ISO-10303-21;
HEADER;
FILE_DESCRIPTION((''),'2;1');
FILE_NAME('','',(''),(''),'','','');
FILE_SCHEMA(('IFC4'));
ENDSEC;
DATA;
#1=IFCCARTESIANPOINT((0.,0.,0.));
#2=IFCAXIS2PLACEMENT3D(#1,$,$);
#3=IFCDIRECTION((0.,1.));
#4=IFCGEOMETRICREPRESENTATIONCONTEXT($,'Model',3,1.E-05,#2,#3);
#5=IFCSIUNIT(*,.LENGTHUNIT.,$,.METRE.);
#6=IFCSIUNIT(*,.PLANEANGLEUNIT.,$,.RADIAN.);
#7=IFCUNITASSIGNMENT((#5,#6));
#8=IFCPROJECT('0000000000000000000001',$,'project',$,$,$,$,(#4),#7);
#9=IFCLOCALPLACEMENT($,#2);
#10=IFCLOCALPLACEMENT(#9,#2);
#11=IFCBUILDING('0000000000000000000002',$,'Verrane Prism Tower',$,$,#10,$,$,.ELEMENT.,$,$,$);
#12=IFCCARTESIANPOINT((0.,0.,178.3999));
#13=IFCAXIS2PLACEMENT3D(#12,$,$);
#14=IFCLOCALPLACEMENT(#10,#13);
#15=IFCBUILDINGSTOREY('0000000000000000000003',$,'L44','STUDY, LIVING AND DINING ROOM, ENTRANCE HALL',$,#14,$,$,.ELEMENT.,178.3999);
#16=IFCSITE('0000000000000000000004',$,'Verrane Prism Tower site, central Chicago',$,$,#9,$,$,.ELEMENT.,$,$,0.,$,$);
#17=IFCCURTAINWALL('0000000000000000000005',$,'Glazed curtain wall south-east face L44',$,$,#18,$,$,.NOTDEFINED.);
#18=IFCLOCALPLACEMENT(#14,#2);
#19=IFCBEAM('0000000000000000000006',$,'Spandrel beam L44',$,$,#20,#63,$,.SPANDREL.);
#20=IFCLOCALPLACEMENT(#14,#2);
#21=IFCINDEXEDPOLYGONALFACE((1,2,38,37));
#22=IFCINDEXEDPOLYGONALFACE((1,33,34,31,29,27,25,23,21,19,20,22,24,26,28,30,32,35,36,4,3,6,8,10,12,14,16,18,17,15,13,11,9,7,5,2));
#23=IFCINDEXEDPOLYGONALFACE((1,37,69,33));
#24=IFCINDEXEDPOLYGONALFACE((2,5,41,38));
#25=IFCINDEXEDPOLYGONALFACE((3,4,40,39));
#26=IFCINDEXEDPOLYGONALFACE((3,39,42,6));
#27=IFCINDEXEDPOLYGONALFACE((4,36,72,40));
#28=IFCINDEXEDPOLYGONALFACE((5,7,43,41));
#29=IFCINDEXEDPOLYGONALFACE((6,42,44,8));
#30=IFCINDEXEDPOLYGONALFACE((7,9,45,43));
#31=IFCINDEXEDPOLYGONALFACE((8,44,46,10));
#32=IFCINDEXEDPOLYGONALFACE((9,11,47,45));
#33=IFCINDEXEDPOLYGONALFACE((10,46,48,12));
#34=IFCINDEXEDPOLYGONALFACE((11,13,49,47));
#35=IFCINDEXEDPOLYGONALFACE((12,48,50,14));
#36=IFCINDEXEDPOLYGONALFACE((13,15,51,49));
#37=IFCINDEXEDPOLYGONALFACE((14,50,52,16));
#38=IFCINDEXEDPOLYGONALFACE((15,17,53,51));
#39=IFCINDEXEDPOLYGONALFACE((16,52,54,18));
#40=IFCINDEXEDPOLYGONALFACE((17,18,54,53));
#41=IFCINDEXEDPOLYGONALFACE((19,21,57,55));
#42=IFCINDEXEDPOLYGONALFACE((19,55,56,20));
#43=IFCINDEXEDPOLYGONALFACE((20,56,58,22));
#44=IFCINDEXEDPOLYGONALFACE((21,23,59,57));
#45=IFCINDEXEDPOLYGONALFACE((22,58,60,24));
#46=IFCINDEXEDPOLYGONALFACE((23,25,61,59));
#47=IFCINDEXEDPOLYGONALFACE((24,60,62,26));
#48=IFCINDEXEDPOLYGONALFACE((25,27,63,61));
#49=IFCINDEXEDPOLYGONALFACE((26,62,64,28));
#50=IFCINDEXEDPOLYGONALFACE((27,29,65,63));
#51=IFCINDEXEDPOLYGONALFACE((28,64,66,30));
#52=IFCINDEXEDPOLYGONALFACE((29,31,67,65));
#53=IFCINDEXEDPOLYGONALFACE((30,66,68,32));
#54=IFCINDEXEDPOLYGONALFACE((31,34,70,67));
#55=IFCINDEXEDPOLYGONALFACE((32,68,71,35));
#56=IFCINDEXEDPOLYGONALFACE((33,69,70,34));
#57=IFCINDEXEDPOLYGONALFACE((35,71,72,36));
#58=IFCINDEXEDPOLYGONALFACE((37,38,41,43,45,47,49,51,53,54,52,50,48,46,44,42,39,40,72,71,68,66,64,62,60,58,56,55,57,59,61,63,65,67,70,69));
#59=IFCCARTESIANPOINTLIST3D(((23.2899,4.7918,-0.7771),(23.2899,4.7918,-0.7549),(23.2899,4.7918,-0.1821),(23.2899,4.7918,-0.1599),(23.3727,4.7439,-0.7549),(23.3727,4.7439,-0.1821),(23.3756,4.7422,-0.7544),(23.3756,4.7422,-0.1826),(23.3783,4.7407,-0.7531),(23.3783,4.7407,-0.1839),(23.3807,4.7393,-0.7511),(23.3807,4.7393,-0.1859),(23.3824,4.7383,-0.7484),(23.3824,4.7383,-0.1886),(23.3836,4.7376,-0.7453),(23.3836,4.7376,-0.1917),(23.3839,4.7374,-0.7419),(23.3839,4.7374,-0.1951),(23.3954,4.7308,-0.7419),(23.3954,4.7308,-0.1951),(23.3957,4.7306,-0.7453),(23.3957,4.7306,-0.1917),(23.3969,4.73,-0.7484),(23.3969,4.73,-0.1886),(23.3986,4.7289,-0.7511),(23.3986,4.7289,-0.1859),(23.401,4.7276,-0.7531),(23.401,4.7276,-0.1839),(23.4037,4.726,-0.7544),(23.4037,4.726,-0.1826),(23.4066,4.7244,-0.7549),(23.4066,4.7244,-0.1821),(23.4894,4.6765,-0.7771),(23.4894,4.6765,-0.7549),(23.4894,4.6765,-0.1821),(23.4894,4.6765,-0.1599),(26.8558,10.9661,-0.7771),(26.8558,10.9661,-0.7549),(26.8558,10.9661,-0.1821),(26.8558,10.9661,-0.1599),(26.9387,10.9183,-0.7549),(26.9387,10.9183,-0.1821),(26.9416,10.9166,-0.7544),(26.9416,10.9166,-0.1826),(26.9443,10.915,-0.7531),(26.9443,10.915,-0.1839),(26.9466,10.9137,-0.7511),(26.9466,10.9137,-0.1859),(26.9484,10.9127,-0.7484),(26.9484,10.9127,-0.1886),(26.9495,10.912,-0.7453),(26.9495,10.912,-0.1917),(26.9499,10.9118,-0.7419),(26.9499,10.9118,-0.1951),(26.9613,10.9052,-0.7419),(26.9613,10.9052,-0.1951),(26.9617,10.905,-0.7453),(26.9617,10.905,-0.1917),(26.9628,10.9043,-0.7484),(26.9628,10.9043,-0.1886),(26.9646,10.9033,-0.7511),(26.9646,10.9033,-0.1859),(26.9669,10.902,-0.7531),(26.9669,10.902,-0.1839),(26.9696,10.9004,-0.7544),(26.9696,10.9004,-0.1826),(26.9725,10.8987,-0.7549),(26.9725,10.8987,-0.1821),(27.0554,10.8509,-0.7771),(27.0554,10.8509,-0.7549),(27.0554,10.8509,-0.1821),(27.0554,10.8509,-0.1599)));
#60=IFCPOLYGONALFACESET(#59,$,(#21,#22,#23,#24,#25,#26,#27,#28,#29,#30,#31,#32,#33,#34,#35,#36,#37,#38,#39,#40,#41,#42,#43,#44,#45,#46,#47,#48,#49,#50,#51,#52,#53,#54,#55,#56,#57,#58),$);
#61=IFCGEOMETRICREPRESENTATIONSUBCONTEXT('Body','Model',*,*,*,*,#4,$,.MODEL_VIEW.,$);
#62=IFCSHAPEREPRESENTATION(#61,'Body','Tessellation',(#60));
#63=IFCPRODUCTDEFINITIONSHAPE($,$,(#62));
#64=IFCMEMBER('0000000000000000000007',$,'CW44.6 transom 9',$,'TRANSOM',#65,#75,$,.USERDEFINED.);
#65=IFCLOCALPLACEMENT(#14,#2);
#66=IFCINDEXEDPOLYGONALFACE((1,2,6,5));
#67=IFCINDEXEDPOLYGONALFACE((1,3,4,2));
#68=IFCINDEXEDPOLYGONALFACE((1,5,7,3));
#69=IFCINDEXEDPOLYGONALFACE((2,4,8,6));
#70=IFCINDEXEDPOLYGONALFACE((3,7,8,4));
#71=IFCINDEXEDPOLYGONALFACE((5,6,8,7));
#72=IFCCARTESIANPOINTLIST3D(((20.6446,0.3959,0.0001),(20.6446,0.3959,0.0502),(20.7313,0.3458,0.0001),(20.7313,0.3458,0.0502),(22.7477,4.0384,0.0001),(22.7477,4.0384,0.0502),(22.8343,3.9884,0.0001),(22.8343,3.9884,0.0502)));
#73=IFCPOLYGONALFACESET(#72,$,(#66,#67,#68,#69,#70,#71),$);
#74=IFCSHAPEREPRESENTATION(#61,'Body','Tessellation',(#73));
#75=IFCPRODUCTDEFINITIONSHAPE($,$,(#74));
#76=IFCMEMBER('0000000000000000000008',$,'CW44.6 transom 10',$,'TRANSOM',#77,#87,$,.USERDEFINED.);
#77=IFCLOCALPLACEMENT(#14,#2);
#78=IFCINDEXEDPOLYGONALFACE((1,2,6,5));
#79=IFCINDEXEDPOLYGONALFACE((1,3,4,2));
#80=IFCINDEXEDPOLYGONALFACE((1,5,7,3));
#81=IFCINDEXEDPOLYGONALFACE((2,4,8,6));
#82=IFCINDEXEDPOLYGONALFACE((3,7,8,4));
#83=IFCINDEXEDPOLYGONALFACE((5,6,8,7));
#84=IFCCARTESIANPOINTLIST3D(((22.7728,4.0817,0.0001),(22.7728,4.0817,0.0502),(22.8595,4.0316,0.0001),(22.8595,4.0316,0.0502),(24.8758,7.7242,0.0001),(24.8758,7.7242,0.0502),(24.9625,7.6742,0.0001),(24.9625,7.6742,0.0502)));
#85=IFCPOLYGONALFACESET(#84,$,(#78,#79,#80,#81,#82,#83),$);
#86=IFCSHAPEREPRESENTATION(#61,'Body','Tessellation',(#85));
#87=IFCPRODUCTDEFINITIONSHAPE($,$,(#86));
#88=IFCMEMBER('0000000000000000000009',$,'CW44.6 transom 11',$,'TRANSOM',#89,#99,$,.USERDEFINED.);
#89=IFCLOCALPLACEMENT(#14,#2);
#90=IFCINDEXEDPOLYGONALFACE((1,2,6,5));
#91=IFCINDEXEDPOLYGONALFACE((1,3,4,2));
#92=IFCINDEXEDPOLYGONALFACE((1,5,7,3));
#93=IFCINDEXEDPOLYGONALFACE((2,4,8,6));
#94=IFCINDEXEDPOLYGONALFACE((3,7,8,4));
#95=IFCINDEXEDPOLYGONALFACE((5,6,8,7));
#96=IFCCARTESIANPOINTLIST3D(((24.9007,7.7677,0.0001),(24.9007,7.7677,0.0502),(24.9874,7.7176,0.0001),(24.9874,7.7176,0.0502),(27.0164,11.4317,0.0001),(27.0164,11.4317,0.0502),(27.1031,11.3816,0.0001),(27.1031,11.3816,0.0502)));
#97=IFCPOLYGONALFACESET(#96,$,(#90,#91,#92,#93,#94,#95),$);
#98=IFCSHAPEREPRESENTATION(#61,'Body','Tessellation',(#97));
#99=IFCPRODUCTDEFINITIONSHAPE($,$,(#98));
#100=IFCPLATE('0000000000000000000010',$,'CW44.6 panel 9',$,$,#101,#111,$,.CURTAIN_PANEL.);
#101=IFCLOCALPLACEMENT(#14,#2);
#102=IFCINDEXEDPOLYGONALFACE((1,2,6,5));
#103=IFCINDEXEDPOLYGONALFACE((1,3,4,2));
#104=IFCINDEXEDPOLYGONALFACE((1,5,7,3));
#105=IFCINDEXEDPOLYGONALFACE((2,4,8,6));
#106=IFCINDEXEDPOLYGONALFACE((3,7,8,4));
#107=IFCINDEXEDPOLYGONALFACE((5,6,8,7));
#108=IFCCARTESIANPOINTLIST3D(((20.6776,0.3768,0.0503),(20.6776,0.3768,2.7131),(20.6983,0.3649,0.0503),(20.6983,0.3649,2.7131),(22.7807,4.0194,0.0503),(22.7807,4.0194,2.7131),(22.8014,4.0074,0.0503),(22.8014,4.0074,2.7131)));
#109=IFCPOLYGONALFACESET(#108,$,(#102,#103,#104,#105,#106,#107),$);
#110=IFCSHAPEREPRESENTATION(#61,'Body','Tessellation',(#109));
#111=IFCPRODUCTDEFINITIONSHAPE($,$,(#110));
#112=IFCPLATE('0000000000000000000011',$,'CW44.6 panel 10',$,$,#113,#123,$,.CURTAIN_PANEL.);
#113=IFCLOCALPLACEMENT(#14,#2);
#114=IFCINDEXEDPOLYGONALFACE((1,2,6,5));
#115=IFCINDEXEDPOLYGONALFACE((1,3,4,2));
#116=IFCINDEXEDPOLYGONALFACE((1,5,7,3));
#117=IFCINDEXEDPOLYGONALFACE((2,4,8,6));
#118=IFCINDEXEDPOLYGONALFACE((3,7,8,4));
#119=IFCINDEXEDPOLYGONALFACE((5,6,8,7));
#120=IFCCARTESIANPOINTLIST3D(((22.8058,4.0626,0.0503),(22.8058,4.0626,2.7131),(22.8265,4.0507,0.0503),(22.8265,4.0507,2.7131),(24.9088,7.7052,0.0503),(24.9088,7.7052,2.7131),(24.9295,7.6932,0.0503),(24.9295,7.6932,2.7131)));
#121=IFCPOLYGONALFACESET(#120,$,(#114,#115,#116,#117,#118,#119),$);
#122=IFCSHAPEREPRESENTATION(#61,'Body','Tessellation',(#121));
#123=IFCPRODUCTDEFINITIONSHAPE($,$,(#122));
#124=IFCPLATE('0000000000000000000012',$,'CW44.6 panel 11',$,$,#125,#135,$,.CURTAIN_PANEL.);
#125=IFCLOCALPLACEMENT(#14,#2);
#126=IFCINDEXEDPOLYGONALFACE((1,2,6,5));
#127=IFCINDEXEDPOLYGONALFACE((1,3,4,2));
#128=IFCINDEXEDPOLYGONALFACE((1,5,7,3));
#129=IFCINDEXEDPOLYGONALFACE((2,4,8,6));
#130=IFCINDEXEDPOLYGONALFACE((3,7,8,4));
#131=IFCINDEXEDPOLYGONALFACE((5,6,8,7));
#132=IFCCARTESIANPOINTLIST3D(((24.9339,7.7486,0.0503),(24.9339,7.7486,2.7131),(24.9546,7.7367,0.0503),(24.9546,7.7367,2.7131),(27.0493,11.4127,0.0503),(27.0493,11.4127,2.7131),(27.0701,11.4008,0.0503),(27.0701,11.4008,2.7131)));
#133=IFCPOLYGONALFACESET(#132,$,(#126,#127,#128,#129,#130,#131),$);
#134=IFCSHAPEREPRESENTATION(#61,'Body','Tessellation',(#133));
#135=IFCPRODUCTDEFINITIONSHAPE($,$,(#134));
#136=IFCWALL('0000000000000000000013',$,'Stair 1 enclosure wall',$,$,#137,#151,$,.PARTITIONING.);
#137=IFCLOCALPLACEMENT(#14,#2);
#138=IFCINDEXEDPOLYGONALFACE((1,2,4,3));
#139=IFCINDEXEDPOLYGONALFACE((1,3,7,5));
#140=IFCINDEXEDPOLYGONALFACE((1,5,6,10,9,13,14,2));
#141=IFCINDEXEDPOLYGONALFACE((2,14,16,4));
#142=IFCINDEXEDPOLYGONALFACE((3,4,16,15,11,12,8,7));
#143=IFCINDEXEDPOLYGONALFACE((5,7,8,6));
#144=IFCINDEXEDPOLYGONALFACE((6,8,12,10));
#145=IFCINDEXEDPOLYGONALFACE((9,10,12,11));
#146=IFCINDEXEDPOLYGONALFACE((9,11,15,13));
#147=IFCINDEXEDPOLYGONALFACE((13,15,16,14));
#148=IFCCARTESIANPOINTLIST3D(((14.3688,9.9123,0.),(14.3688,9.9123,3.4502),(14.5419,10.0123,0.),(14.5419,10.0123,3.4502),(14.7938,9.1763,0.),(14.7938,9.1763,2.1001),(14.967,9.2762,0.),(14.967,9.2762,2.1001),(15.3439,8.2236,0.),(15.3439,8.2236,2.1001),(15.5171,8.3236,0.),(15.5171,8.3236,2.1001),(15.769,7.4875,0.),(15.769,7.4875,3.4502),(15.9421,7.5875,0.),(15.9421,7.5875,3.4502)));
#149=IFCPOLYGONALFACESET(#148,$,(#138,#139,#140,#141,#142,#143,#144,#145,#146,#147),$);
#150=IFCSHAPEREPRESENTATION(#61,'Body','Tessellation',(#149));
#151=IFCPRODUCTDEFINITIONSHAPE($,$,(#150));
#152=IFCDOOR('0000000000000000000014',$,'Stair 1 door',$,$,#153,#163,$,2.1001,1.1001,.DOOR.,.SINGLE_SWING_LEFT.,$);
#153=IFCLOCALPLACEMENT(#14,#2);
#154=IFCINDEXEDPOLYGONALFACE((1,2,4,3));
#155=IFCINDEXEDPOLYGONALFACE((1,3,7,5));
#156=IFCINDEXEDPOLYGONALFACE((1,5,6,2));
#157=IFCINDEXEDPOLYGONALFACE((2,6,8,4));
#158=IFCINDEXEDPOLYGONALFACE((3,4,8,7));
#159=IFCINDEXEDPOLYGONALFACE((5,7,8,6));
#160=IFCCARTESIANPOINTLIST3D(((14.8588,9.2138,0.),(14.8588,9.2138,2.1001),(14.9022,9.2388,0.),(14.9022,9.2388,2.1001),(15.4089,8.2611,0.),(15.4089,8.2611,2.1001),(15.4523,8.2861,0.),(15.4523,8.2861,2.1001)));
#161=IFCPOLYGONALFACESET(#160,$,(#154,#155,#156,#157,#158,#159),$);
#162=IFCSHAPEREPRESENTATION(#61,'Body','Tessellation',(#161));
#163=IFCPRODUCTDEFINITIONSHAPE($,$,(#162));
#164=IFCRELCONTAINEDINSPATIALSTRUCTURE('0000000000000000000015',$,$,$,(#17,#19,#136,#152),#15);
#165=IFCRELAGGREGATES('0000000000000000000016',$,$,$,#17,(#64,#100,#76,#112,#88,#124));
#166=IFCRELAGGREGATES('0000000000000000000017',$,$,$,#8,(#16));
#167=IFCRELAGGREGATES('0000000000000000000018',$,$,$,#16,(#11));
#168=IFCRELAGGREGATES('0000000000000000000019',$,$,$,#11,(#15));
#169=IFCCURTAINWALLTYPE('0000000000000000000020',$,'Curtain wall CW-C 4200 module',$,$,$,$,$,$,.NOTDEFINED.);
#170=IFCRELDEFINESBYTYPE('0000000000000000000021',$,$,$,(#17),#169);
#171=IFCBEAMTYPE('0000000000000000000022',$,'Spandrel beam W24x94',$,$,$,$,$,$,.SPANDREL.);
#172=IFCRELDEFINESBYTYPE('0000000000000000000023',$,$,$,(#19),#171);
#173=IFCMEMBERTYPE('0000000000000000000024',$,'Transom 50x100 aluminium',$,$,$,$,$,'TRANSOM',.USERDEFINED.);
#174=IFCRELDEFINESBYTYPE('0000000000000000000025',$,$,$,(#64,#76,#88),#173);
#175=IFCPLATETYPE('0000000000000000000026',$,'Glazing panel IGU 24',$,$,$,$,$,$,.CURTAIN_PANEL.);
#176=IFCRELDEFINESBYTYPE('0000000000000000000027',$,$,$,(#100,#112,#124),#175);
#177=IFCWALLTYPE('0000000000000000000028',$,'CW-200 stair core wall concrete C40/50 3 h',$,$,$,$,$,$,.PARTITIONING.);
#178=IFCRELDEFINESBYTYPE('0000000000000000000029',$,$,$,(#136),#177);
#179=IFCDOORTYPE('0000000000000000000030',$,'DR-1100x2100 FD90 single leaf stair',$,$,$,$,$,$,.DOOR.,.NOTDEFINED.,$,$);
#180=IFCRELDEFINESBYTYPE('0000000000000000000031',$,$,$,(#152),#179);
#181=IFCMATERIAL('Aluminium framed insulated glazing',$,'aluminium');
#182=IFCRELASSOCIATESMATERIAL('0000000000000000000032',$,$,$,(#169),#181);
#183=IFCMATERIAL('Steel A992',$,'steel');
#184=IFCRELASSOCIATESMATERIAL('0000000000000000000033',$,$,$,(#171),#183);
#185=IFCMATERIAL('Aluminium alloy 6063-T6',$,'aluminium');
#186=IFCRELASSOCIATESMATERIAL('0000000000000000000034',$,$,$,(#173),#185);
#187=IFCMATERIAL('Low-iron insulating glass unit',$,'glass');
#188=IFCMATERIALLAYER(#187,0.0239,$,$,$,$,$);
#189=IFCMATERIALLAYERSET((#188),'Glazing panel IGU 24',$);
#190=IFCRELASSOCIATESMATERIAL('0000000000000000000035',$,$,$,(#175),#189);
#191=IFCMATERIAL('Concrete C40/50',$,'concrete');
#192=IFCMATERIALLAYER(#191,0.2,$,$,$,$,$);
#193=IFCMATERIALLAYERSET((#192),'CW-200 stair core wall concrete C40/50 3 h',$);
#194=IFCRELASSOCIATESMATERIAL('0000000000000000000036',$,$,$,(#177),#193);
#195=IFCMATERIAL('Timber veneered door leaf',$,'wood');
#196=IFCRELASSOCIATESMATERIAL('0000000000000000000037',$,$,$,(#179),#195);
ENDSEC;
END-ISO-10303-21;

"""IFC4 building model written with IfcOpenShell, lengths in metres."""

from ifc_helpers import new_model, si_unit, direction, frame, frame_2d, origin, origin_2d, place, context, subcontext, project, spatial, rectangle, i_section, extrude, material, layer, layer_set, material_profile, profile_set, type_object, element, fill, aggregate, save


model = new_model("IFC4")

# Units and contexts
model_context = context("Model", 3, precision=1e-05, world=origin(), true_north=direction((0.0, 1.0)))
body_context = subcontext(model_context, "Body", "Model", "MODEL_VIEW")
ifc_project = project(units=[si_unit("LENGTHUNIT", "METRE"), si_unit("PLANEANGLEUNIT", "RADIAN")], contexts=[model_context])

# Site, building, storey
site_placement = place(None, origin())
site = spatial("IfcSite", under=ifc_project, at=site_placement, Name="Verrane Prism Tower site, central Chicago", CompositionType="ELEMENT", RefElevation=0.0)
building_placement = place(site_placement, origin())
building = spatial("IfcBuilding", under=site, at=building_placement, Name="Verrane Prism Tower", CompositionType="ELEMENT")
storey_placement = place(building_placement, frame((0.0, 0.0, 178.3999)))
storey = spatial("IfcBuildingStorey", under=building, at=storey_placement, Name="L44", Description="STUDY, LIVING AND DINING ROOM, ENTRANCE HALL", CompositionType="ELEMENT", Elevation=178.3999)

# Curtain wall
ifc_material_1 = material(Name="Aluminium framed insulated glazing", Category="aluminium")
curtain_wall_type = type_object("IfcCurtainWallType", Name="Curtain wall CW-C 4200 module", PredefinedType="NOTDEFINED", material=ifc_material_1)
curtain_wall_placement = place(storey_placement, origin())
curtain_wall = element("IfcCurtainWall", 1, at=curtain_wall_placement, inside=storey, type_object=curtain_wall_type, Name="Glazed curtain wall south-east face L44", PredefinedType="NOTDEFINED")

# Beam
ifc_material_2 = material(Name="Steel A992", Category="steel")
ifc_material_profile_1 = material_profile(ifc_material_2, i_section(OverallWidth=0.2305, OverallDepth=0.6172, WebThickness=0.0132, FlangeThickness=0.0222, FilletRadius=0.0129, at=origin_2d()), Name="W24x94")
ifc_profile_set_1 = profile_set([ifc_material_profile_1], Name="Steel A992")
beam_type_1 = type_object("IfcBeamType", Name="Spandrel beam W24x94", PredefinedType="SPANDREL", material=ifc_profile_set_1)
beam_1_placement = place(storey_placement, frame((23.3896, 4.7341, -0.4685), z_axis=(0.500124, 0.865954, 0.0), x_axis=(-0.865954, 0.500124, 0.0)))
element("IfcBeam", 2, at=beam_1_placement, inside=storey, type_object=beam_type_1, Name="Spandrel beam L44", PredefinedType="SPANDREL", context=body_context, shape_type="SweptSolid", body=[
    extrude(i_section(OverallWidth=0.2305, OverallDepth=0.6172, WebThickness=0.0132, FlangeThickness=0.0222, FilletRadius=0.0129, at=origin_2d()), origin(), (0.0, 0.0, 1.0), 7.1301),
])

# Members
ifc_material_3 = material(Name="Aluminium alloy 6063-T6", Category="aluminium")
ifc_material_profile_2 = material_profile(ifc_material_3, rectangle(XDim=0.1001, YDim=0.05, at=origin_2d()), Name="Transom 50x100 aluminium")
ifc_profile_set_2 = profile_set([ifc_material_profile_2], Name="Aluminium alloy 6063-T6")
member_type_1 = type_object("IfcMemberType", Name="Transom 50x100 aluminium", ElementType="TRANSOM", PredefinedType="USERDEFINED", material=ifc_profile_set_2)
member_1_placement = place(storey_placement, frame((20.688, 0.3708, 0.0251), z_axis=(0.499997, 0.866027, 0.0), x_axis=(-0.866027, 0.499997, 0.0)))
member_1 = element("IfcMember", 3, at=member_1_placement, type_object=member_type_1, Name="CW44.6 transom 9", ObjectType="TRANSOM", PredefinedType="USERDEFINED", context=body_context, shape_type="SweptSolid", body=[
    extrude(rectangle(XDim=0.1001, YDim=0.05, at=origin_2d()), origin(), (0.0, 0.0, 1.0), 4.2061),
])
member_2_placement = place(storey_placement, frame((22.8162, 4.0566, 0.0251), z_axis=(0.499997, 0.866027, 0.0), x_axis=(-0.866027, 0.499997, 0.0)))
member_2 = element("IfcMember", 4, at=member_2_placement, type_object=member_type_1, Name="CW44.6 transom 10", ObjectType="TRANSOM", PredefinedType="USERDEFINED", context=body_context, shape_type="SweptSolid", body=[
    extrude(rectangle(XDim=0.1001, YDim=0.05, at=origin_2d()), origin(), (0.0, 0.0, 1.0), 4.2061),
])
member_3_placement = place(storey_placement, frame((24.9441, 7.7427, 0.0251), z_axis=(0.500049, 0.865997, 0.0), x_axis=(-0.865997, 0.500049, 0.0)))
member_3 = element("IfcMember", 5, at=member_3_placement, type_object=member_type_1, Name="CW44.6 transom 11", ObjectType="TRANSOM", PredefinedType="USERDEFINED", context=body_context, shape_type="SweptSolid", body=[
    extrude(rectangle(XDim=0.1001, YDim=0.05, at=origin_2d()), origin(), (0.0, 0.0, 1.0), 4.231),
])

# Plates
ifc_material_4 = material(Name="Low-iron insulating glass unit", Category="glass")
ifc_layer_1 = layer(ifc_material_4, 0.0239)
ifc_layer_set_1 = layer_set([ifc_layer_1], Name="Glazing panel IGU 24")
plate_type = type_object("IfcPlateType", Name="Glazing panel IGU 24", PredefinedType="CURTAIN_PANEL", material=ifc_layer_set_1)
plate_1_placement = place(storey_placement, frame((21.7395, 2.1921, 0.0503), z_axis=(0.0, 0.0, 1.0), x_axis=(0.499999, 0.866026, 0.0)))
plate_1 = element("IfcPlate", 6, at=plate_1_placement, type_object=plate_type, Name="CW44.6 panel 9", PredefinedType="CURTAIN_PANEL", context=body_context, shape_type="SweptSolid", body=[
    extrude(rectangle(XDim=4.2061, YDim=0.0239, at=origin_2d()), origin(), (0.0, 0.0, 1.0), 2.6628),
])
plate_2_placement = place(storey_placement, frame((23.8677, 5.8779, 0.0503), z_axis=(0.0, 0.0, 1.0), x_axis=(0.499999, 0.866026, 0.0)))
plate_2 = element("IfcPlate", 7, at=plate_2_placement, type_object=plate_type, Name="CW44.6 panel 10", PredefinedType="CURTAIN_PANEL", context=body_context, shape_type="SweptSolid", body=[
    extrude(rectangle(XDim=4.2061, YDim=0.0239, at=origin_2d()), origin(), (0.0, 0.0, 1.0), 2.6628),
])
plate_3_placement = place(storey_placement, frame((26.002, 9.5747, 0.0503), z_axis=(0.0, 0.0, 1.0), x_axis=(0.499999, 0.866026, 0.0)))
plate_3 = element("IfcPlate", 8, at=plate_3_placement, type_object=plate_type, Name="CW44.6 panel 11", PredefinedType="CURTAIN_PANEL", context=body_context, shape_type="SweptSolid", body=[
    extrude(rectangle(XDim=4.231, YDim=0.0239, at=origin_2d()), origin(), (0.0, 0.0, 1.0), 2.6628),
])
aggregate(curtain_wall, [member_1, plate_1, member_2, plate_2, member_3, plate_3])

# Wall, opening, door
ifc_material_5 = material(Name="Concrete C40/50", Category="concrete")
ifc_layer_2 = layer(ifc_material_5, 0.2)
ifc_layer_set_2 = layer_set([ifc_layer_2], Name="CW-200 stair core wall concrete C40/50 3 h")
wall_type_1 = type_object("IfcWallType", Name="CW-200 stair core wall concrete C40/50 3 h", PredefinedType="PARTITIONING", material=ifc_layer_set_2)
wall_1_placement = place(storey_placement, frame((15.8555, 7.5376, 0.0), z_axis=(0.0, 0.0, 1.0), x_axis=(-0.50005, 0.865997, 0.0)))
wall_1 = element("IfcWall", 9, at=wall_1_placement, inside=storey, type_object=wall_type_1, Name="Stair 1 enclosure wall", PredefinedType="PARTITIONING", context=body_context, shape_type="SweptSolid", body=[
    extrude(rectangle(XDim=2.8, YDim=0.2, at=frame_2d((1.3999, 0.0))), origin(), (0.0, 0.0, 1.0), 3.4502),
])
opening_1_placement = place(wall_1_placement, frame((0.8499, 0.0, 0.0)))
opening_1 = element("IfcOpeningElement", 10, at=opening_1_placement, cuts=wall_1, PredefinedType="OPENING", context=body_context, shape_type="SweptSolid", body=[
    extrude(rectangle(XDim=1.1001, YDim=2.1001, at=frame_2d((0.55, 1.05))), frame((0.0, 0.1099, 0.0), z_axis=(0.0, -1.0, 0.0), x_axis=(1.0, 0.0, 0.0)), (0.0, 0.0, 1.0), 0.22),
])
ifc_material_6 = material(Name="Timber veneered door leaf", Category="wood")
door_type_1 = type_object("IfcDoorType", Name="DR-1100x2100 FD90 single leaf stair", OperationType="NOTDEFINED", PredefinedType="DOOR", material=ifc_material_6)
door_1_placement = place(opening_1_placement, origin())
door_1 = element("IfcDoor", 11, at=door_1_placement, inside=storey, type_object=door_type_1, Name="Stair 1 door", OperationType="SINGLE_SWING_LEFT", OverallHeight=2.1001, OverallWidth=1.1001, PredefinedType="DOOR", context=body_context, shape_type="SweptSolid", body=[
    extrude(rectangle(XDim=1.1001, YDim=2.1001, at=frame_2d((0.55, 1.05))), frame((0.0, 0.0249, 0.0), z_axis=(0.0, -1.0, 0.0), x_axis=(1.0, 0.0, 0.0)), (0.0, 0.0, 1.0), 0.05),
])
fill(opening_1, door_1)

save(model, "model.ifc")
